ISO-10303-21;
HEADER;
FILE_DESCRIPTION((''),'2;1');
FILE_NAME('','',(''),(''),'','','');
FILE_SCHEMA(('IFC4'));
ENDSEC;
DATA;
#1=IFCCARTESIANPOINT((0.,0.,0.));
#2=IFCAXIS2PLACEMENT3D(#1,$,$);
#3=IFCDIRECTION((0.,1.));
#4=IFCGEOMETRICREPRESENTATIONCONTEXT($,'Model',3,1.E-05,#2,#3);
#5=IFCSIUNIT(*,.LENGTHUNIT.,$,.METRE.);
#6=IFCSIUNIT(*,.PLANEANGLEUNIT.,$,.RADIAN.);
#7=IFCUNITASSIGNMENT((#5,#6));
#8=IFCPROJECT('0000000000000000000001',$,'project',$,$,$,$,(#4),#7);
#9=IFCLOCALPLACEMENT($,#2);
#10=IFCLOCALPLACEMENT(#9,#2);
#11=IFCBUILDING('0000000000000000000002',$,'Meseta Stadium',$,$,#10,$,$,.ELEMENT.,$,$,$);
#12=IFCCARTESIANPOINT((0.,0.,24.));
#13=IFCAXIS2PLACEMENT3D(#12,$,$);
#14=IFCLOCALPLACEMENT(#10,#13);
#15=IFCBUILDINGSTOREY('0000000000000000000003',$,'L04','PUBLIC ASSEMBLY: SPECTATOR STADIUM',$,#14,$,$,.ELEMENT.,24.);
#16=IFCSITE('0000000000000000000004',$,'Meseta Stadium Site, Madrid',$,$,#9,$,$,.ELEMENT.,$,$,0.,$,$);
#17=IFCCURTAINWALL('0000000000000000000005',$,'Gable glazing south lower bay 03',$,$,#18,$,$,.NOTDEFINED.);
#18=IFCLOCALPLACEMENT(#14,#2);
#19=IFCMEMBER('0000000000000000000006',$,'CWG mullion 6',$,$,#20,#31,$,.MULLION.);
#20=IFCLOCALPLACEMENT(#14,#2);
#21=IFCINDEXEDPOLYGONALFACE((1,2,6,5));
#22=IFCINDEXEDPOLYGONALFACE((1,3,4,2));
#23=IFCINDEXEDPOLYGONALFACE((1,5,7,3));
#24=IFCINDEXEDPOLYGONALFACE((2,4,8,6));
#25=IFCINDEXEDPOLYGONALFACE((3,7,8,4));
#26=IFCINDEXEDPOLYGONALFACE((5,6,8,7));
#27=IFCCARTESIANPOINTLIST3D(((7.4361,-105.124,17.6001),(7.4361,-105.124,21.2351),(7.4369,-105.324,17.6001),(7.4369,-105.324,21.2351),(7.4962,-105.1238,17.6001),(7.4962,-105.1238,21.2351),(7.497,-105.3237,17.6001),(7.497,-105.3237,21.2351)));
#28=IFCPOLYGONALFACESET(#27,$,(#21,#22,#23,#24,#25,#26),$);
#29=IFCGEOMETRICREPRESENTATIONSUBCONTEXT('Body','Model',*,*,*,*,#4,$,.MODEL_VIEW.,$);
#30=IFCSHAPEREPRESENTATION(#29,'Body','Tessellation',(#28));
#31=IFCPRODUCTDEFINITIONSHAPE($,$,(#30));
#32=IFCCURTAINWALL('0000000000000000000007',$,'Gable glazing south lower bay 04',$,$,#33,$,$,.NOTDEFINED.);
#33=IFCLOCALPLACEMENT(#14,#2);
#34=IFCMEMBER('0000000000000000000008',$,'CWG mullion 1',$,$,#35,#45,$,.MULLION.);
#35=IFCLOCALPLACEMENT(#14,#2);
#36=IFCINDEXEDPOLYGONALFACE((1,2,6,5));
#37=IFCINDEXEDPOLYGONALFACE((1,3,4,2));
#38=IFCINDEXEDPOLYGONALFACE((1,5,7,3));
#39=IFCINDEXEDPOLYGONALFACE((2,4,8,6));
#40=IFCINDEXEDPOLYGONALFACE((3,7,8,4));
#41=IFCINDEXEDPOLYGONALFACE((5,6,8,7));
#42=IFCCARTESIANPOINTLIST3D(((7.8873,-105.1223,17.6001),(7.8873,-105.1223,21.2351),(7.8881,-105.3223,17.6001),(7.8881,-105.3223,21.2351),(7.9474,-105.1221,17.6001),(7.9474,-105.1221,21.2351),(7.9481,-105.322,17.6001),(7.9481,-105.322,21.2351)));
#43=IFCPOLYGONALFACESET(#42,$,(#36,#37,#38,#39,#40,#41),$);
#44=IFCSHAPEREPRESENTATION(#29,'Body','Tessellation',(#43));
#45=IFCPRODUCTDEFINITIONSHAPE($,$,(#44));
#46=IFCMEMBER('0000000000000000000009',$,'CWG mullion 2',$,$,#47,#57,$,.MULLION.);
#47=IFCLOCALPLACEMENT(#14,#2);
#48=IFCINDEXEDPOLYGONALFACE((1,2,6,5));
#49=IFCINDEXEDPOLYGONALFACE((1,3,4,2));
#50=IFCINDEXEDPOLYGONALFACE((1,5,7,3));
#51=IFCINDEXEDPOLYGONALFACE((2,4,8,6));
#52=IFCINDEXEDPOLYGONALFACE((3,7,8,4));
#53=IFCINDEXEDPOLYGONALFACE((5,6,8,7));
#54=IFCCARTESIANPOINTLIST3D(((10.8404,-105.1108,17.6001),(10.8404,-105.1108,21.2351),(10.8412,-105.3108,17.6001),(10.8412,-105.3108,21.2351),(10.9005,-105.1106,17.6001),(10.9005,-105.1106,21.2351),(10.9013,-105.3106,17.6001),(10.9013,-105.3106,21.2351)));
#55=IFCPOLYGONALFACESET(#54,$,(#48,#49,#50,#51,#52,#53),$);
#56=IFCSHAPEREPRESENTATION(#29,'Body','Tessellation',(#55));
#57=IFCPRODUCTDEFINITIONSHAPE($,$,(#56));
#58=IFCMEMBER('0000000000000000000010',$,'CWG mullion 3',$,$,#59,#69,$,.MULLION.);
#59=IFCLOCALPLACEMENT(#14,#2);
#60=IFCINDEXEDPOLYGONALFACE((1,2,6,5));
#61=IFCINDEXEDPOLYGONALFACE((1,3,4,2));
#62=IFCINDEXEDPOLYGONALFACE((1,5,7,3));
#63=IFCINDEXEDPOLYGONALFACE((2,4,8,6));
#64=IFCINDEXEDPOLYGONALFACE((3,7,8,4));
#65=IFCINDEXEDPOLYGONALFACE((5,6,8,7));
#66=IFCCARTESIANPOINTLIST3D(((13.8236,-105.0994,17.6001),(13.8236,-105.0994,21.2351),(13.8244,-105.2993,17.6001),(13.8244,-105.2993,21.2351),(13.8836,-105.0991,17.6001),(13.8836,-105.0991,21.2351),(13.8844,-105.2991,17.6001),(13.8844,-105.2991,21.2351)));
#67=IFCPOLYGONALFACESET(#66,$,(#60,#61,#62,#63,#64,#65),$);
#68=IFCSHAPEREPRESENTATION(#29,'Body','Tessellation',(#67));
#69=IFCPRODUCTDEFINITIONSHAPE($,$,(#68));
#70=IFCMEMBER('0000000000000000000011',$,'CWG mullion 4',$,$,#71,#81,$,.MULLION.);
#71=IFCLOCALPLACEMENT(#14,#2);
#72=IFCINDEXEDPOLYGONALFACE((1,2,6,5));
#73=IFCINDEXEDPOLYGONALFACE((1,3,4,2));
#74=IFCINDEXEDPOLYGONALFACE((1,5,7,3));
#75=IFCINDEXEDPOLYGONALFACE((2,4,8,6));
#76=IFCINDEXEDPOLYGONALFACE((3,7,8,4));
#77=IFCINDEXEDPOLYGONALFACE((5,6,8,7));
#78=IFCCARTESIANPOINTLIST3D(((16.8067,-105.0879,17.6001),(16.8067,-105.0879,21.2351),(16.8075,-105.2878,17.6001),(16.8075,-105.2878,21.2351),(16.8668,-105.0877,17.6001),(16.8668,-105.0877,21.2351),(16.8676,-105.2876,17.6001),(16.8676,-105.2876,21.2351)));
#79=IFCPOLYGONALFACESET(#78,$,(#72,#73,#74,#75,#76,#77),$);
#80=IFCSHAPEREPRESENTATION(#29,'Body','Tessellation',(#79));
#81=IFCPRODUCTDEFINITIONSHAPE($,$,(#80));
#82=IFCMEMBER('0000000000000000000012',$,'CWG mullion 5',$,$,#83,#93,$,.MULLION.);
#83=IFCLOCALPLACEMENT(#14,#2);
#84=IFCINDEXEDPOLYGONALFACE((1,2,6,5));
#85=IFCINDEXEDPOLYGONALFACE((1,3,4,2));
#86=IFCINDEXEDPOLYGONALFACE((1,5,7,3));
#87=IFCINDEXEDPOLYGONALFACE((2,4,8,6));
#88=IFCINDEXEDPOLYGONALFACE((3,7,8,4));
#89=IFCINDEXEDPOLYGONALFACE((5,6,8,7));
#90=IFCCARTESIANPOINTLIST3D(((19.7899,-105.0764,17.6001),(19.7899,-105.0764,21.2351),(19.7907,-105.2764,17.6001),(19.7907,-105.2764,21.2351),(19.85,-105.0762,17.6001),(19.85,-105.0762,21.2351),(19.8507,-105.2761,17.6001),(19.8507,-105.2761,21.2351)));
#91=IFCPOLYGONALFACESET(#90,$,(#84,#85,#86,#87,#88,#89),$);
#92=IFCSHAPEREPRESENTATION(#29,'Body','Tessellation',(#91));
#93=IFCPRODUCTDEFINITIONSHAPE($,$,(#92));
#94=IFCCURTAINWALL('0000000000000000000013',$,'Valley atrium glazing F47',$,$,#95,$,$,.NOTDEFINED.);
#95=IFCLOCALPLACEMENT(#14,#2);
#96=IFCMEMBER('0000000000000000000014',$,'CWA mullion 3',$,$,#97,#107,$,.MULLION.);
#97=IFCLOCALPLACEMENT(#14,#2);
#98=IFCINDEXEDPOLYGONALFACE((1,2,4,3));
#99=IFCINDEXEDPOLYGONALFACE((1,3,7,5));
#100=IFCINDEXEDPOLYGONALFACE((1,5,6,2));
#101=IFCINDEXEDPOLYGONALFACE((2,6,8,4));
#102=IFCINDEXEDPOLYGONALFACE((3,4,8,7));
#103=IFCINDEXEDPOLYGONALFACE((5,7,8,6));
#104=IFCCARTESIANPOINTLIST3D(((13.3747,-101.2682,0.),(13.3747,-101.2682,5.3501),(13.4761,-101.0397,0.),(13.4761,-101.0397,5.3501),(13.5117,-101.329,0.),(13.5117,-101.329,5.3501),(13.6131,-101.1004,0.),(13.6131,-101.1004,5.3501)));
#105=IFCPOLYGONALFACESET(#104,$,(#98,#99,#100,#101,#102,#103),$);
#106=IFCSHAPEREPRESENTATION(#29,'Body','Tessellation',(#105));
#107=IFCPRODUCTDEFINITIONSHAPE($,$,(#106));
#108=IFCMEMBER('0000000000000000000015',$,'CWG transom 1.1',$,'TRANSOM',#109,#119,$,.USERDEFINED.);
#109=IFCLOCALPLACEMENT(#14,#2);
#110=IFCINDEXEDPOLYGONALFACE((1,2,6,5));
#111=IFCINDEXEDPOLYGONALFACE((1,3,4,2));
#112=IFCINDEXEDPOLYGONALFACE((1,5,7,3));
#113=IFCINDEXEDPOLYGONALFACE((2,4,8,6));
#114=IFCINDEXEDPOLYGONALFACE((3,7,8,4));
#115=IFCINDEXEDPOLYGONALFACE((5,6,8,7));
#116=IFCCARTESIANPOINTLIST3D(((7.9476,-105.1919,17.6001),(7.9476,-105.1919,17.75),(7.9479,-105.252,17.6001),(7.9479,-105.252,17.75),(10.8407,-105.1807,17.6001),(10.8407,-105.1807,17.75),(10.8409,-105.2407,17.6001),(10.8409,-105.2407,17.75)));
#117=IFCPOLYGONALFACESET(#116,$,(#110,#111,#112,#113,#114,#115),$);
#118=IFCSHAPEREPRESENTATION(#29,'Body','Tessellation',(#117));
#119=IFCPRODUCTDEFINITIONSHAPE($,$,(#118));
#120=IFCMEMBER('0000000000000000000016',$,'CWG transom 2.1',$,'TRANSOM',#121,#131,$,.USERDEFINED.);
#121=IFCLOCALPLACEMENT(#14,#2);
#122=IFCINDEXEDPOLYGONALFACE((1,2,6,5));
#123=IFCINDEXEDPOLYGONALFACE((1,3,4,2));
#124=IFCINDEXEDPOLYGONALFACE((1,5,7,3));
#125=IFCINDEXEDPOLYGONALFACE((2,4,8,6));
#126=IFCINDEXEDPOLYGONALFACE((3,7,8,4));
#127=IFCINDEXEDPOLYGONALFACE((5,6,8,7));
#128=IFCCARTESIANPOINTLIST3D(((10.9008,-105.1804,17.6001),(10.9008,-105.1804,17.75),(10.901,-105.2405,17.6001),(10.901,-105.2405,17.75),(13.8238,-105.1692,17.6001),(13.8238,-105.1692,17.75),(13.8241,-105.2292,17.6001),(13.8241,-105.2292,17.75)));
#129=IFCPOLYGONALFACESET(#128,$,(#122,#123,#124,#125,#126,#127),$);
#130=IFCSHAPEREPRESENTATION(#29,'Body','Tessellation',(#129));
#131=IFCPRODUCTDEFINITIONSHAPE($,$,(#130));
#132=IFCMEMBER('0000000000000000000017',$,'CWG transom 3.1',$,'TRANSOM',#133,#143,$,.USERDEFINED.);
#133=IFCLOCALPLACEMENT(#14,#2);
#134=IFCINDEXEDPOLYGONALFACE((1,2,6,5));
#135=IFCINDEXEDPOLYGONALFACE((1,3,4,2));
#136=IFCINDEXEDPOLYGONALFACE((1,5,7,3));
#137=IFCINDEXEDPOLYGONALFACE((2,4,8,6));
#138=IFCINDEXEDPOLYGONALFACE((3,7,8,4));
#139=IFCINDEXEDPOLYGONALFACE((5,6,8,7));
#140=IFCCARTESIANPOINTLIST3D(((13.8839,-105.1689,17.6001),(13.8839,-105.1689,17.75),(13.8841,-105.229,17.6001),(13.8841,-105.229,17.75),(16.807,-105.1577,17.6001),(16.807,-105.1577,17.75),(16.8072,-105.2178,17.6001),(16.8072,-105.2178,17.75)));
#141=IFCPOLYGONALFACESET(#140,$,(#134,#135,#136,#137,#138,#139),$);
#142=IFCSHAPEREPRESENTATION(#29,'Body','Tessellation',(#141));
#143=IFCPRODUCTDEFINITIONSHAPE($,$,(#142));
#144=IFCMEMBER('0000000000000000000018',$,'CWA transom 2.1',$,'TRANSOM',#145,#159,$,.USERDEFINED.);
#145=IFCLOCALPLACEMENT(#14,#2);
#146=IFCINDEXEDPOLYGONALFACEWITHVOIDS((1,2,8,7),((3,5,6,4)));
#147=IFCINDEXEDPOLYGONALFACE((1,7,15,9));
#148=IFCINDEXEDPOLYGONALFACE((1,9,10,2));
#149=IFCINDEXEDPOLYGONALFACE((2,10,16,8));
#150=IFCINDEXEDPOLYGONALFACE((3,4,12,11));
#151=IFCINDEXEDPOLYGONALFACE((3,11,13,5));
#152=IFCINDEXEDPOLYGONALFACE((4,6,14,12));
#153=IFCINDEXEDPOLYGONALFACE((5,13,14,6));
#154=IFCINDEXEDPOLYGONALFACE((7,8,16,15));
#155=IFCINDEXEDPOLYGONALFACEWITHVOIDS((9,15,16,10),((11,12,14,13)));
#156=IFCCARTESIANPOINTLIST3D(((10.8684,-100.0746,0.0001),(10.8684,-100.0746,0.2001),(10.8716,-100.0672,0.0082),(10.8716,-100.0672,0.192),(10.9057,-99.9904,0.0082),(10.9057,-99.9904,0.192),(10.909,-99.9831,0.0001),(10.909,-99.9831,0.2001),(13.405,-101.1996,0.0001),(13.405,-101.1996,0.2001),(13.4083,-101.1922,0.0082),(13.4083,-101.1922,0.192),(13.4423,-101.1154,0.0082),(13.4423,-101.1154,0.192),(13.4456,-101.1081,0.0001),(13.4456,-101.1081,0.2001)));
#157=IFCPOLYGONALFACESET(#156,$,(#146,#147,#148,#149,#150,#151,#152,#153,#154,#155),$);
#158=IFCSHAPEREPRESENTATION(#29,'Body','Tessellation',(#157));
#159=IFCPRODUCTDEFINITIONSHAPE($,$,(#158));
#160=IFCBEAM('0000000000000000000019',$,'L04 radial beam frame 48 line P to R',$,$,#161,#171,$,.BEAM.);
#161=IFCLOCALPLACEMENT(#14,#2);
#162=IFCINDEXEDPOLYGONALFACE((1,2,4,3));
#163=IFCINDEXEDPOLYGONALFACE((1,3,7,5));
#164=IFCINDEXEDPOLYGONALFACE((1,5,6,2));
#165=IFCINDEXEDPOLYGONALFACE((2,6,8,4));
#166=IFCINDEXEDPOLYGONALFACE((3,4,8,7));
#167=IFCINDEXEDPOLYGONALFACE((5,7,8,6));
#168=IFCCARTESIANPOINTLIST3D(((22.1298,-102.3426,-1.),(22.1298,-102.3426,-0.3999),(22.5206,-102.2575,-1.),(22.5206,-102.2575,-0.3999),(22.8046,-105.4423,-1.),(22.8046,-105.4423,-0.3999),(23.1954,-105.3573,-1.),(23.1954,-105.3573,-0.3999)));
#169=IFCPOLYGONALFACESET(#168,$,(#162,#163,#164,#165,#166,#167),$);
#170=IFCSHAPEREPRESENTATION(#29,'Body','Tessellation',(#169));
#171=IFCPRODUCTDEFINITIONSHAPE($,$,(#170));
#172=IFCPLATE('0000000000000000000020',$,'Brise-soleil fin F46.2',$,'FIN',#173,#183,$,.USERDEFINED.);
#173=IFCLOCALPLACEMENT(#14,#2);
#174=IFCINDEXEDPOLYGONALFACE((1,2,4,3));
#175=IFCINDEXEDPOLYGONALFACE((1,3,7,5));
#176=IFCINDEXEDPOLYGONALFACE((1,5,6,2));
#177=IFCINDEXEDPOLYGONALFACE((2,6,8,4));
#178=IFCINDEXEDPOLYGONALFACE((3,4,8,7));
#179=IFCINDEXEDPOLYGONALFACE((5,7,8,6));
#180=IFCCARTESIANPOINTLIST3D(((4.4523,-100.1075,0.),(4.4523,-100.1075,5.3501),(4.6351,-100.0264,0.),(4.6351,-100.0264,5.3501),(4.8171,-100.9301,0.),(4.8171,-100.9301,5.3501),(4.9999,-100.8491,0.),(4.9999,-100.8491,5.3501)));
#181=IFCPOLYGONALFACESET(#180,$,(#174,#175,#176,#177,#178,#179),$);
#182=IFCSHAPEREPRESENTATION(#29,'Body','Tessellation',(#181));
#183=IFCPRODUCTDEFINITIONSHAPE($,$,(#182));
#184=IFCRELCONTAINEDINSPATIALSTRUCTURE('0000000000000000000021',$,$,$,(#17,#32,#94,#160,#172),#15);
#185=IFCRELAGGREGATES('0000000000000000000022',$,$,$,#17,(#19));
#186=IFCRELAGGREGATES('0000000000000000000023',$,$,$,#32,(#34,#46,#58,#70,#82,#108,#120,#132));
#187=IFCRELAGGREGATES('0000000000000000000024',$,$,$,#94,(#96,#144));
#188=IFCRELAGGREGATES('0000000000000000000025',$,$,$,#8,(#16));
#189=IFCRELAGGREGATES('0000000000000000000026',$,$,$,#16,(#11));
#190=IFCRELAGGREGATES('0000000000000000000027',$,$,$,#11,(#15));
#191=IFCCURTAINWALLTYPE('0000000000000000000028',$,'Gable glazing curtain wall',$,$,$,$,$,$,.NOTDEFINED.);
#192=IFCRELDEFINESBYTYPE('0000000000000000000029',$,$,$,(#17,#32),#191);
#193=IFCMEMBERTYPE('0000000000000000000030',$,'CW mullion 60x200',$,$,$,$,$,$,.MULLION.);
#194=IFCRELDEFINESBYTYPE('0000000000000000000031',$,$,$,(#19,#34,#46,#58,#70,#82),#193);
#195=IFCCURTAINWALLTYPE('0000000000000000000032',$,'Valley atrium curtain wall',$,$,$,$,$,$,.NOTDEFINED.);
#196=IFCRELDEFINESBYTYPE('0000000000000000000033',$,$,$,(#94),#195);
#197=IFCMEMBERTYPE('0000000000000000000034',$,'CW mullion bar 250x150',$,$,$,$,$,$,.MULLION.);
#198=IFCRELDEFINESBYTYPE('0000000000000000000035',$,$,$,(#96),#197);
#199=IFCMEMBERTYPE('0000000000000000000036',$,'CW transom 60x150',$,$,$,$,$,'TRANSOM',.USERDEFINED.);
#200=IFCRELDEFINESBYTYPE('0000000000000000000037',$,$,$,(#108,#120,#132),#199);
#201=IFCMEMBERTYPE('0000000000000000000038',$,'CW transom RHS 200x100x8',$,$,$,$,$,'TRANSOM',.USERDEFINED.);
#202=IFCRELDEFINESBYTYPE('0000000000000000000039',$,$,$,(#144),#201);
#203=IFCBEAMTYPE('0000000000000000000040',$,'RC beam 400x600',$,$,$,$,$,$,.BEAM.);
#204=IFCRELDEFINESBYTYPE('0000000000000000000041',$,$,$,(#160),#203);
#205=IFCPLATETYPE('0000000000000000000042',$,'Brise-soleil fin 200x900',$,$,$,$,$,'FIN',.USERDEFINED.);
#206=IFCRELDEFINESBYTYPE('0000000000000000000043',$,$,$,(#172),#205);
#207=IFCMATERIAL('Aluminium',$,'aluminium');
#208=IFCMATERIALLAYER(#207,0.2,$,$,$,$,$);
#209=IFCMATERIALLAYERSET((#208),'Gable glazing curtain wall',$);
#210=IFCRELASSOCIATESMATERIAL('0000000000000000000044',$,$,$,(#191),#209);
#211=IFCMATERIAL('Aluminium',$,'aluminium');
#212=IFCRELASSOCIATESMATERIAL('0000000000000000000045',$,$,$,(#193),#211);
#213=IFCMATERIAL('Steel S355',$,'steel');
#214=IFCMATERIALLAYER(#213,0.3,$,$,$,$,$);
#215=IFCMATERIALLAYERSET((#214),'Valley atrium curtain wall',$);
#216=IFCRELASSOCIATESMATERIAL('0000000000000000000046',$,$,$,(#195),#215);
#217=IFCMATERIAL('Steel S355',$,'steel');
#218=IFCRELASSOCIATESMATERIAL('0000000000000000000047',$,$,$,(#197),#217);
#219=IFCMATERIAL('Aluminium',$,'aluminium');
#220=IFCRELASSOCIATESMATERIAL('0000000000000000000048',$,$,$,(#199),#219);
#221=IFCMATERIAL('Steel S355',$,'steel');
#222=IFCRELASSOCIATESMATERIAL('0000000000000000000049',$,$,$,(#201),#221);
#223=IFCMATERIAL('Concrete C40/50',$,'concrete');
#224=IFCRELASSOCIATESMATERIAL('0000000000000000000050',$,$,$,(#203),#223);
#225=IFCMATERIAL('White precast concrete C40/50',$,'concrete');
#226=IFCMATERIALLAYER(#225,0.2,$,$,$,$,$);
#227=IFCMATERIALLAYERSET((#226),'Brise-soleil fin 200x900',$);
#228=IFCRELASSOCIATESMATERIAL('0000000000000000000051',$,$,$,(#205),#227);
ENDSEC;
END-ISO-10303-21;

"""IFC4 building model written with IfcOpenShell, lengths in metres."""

from ifc_helpers import new_model, si_unit, direction, frame, origin, origin_2d, place, context, subcontext, project, spatial, rectangle, hollow_rectangle, extrude, material, layer, layer_set, material_profile, profile_set, type_object, element, aggregate, save


model = new_model("IFC4")

# Units and contexts
model_context = context("Model", 3, precision=1e-05, world=origin(), true_north=direction((0.0, 1.0)))
body_context = subcontext(model_context, "Body", "Model", "MODEL_VIEW")
ifc_project = project(units=[si_unit("LENGTHUNIT", "METRE"), si_unit("PLANEANGLEUNIT", "RADIAN")], contexts=[model_context])

# Site, building, storey
site_placement = place(None, origin())
site = spatial("IfcSite", under=ifc_project, at=site_placement, Name="Meseta Stadium Site, Madrid", CompositionType="ELEMENT", RefElevation=0.0)
building_placement = place(site_placement, origin())
building = spatial("IfcBuilding", under=site, at=building_placement, Name="Meseta Stadium", CompositionType="ELEMENT")
storey_placement = place(building_placement, frame((0.0, 0.0, 24.0)))
storey = spatial("IfcBuildingStorey", under=building, at=storey_placement, Name="L04", Description="PUBLIC ASSEMBLY: SPECTATOR STADIUM", CompositionType="ELEMENT", Elevation=24.0)

# Curtain wall, member
ifc_material_1 = material(Name="Aluminium", Category="aluminium")
ifc_layer_1 = layer(ifc_material_1, 0.2)
ifc_layer_set_1 = layer_set([ifc_layer_1], Name="Gable glazing curtain wall")
curtain_wall_type_1 = type_object("IfcCurtainWallType", Name="Gable glazing curtain wall", PredefinedType="NOTDEFINED", material=ifc_layer_set_1)
curtain_wall_1_placement = place(storey_placement, origin())
curtain_wall_1 = element("IfcCurtainWall", 1, at=curtain_wall_1_placement, inside=storey, type_object=curtain_wall_type_1, Name="Gable glazing south lower bay 03", PredefinedType="NOTDEFINED")
ifc_material_2 = material(Name="Aluminium", Category="aluminium")
ifc_material_profile_1 = material_profile(ifc_material_2, rectangle(XDim=0.2, YDim=0.0601, at=origin_2d()), Name="CW 200x60")
ifc_profile_set_1 = profile_set([ifc_material_profile_1], Name="Aluminium")
member_type_1 = type_object("IfcMemberType", Name="CW mullion 60x200", PredefinedType="MULLION", material=ifc_profile_set_1)
member_1_placement = place(storey_placement, frame((7.4666, -105.2239, 17.6001), z_axis=(0.0, 0.0, 1.0), x_axis=(-0.003848, 0.999993, 0.0)))
member_1 = element("IfcMember", 2, at=member_1_placement, type_object=member_type_1, Name="CWG mullion 6", PredefinedType="MULLION", context=body_context, shape_type="SweptSolid", body=[
    extrude(rectangle(XDim=0.2, YDim=0.0601, at=origin_2d()), origin(), (0.0, 0.0, 1.0), 3.635),
])
aggregate(curtain_wall_1, [member_1])

# Curtain wall, members
curtain_wall_2_placement = place(storey_placement, origin())
curtain_wall_2 = element("IfcCurtainWall", 3, at=curtain_wall_2_placement, inside=storey, type_object=curtain_wall_type_1, Name="Gable glazing south lower bay 04", PredefinedType="NOTDEFINED")
member_2_placement = place(storey_placement, frame((7.9177, -105.2222, 17.6001), z_axis=(0.0, 0.0, 1.0), x_axis=(-0.003848, 0.999993, 0.0)))
member_2 = element("IfcMember", 4, at=member_2_placement, type_object=member_type_1, Name="CWG mullion 1", PredefinedType="MULLION", context=body_context, shape_type="SweptSolid", body=[
    extrude(rectangle(XDim=0.2, YDim=0.0601, at=origin_2d()), origin(), (0.0, 0.0, 1.0), 3.635),
])
member_3_placement = place(storey_placement, frame((10.8708, -105.2107, 17.6001), z_axis=(0.0, 0.0, 1.0), x_axis=(-0.003848, 0.999993, 0.0)))
member_3 = element("IfcMember", 5, at=member_3_placement, type_object=member_type_1, Name="CWG mullion 2", PredefinedType="MULLION", context=body_context, shape_type="SweptSolid", body=[
    extrude(rectangle(XDim=0.2, YDim=0.0601, at=origin_2d()), origin(), (0.0, 0.0, 1.0), 3.635),
])
member_4_placement = place(storey_placement, frame((13.854, -105.1992, 17.6001), z_axis=(0.0, 0.0, 1.0), x_axis=(-0.003848, 0.999993, 0.0)))
member_4 = element("IfcMember", 6, at=member_4_placement, type_object=member_type_1, Name="CWG mullion 3", PredefinedType="MULLION", context=body_context, shape_type="SweptSolid", body=[
    extrude(rectangle(XDim=0.2, YDim=0.0601, at=origin_2d()), origin(), (0.0, 0.0, 1.0), 3.635),
])
member_5_placement = place(storey_placement, frame((16.8372, -105.1877, 17.6001), z_axis=(0.0, 0.0, 1.0), x_axis=(-0.003848, 0.999993, 0.0)))
member_5 = element("IfcMember", 7, at=member_5_placement, type_object=member_type_1, Name="CWG mullion 4", PredefinedType="MULLION", context=body_context, shape_type="SweptSolid", body=[
    extrude(rectangle(XDim=0.2, YDim=0.0601, at=origin_2d()), origin(), (0.0, 0.0, 1.0), 3.635),
])
member_6_placement = place(storey_placement, frame((19.8203, -105.1763, 17.6001), z_axis=(0.0, 0.0, 1.0), x_axis=(-0.003848, 0.999993, 0.0)))
member_6 = element("IfcMember", 8, at=member_6_placement, type_object=member_type_1, Name="CWG mullion 5", PredefinedType="MULLION", context=body_context, shape_type="SweptSolid", body=[
    extrude(rectangle(XDim=0.2, YDim=0.0601, at=origin_2d()), origin(), (0.0, 0.0, 1.0), 3.635),
])

# Curtain wall, member
ifc_material_3 = material(Name="Steel S355", Category="steel")
ifc_layer_2 = layer(ifc_material_3, 0.3)
ifc_layer_set_2 = layer_set([ifc_layer_2], Name="Valley atrium curtain wall")
curtain_wall_type_2 = type_object("IfcCurtainWallType", Name="Valley atrium curtain wall", PredefinedType="NOTDEFINED", material=ifc_layer_set_2)
curtain_wall_3_placement = place(storey_placement, origin())
curtain_wall_3 = element("IfcCurtainWall", 9, at=curtain_wall_3_placement, inside=storey, type_object=curtain_wall_type_2, Name="Valley atrium glazing F47", PredefinedType="NOTDEFINED")
ifc_material_4 = material(Name="Steel S355", Category="steel")
ifc_material_profile_2 = material_profile(ifc_material_4, rectangle(XDim=0.25, YDim=0.1499, at=origin_2d()), Name="CW 250x150")
ifc_profile_set_2 = profile_set([ifc_material_profile_2], Name="Steel S355")
member_type_2 = type_object("IfcMemberType", Name="CW mullion bar 250x150", PredefinedType="MULLION", material=ifc_profile_set_2)
member_7_placement = place(storey_placement, frame((13.4939, -101.1843, 0.0), z_axis=(0.0, 0.0, 1.0), x_axis=(0.405401, 0.914139, 0.0)))
member_7 = element("IfcMember", 10, at=member_7_placement, type_object=member_type_2, Name="CWA mullion 3", PredefinedType="MULLION", context=body_context, shape_type="SweptSolid", body=[
    extrude(rectangle(XDim=0.25, YDim=0.1499, at=origin_2d()), origin(), (0.0, 0.0, 1.0), 5.3501),
])

# Members
ifc_material_5 = material(Name="Aluminium", Category="aluminium")
ifc_material_profile_3 = material_profile(ifc_material_5, rectangle(XDim=0.0601, YDim=0.1499, at=origin_2d()), Name="CW 60x150")
ifc_profile_set_3 = profile_set([ifc_material_profile_3], Name="Aluminium")
member_type_3 = type_object("IfcMemberType", Name="CW transom 60x150", ElementType="TRANSOM", PredefinedType="USERDEFINED", material=ifc_profile_set_3)
member_8_placement = place(storey_placement, frame((7.9478, -105.2219, 17.675), z_axis=(0.999992, 0.003882, 0.0), x_axis=(-0.003882, 0.999992, 0.0)))
member_8 = element("IfcMember", 11, at=member_8_placement, type_object=member_type_3, Name="CWG transom 1.1", ObjectType="TRANSOM", PredefinedType="USERDEFINED", context=body_context, shape_type="SweptSolid", body=[
    extrude(rectangle(XDim=0.0601, YDim=0.1499, at=origin_2d()), origin(), (0.0, 0.0, 1.0), 2.8931),
])
member_9_placement = place(storey_placement, frame((10.9009, -105.2104, 17.675), z_axis=(0.999993, 0.003842, 0.0), x_axis=(-0.003842, 0.999993, 0.0)))
member_9 = element("IfcMember", 12, at=member_9_placement, type_object=member_type_3, Name="CWG transom 2.1", ObjectType="TRANSOM", PredefinedType="USERDEFINED", context=body_context, shape_type="SweptSolid", body=[
    extrude(rectangle(XDim=0.0601, YDim=0.1499, at=origin_2d()), origin(), (0.0, 0.0, 1.0), 2.9231),
])
member_10_placement = place(storey_placement, frame((13.884, -105.199, 17.675), z_axis=(0.999993, 0.003842, 0.0), x_axis=(-0.003842, 0.999993, 0.0)))
member_10 = element("IfcMember", 13, at=member_10_placement, type_object=member_type_3, Name="CWG transom 3.1", ObjectType="TRANSOM", PredefinedType="USERDEFINED", context=body_context, shape_type="SweptSolid", body=[
    extrude(rectangle(XDim=0.0601, YDim=0.1499, at=origin_2d()), origin(), (0.0, 0.0, 1.0), 2.9231),
])
aggregate(curtain_wall_2, [member_2, member_3, member_4, member_5, member_6, member_8, member_9, member_10])
ifc_material_6 = material(Name="Steel S355", Category="steel")
ifc_material_profile_4 = material_profile(ifc_material_6, hollow_rectangle(XDim=0.1001, YDim=0.2, WallThickness=0.0081, at=origin_2d()), Name="RHS 200x100x8")
ifc_profile_set_4 = profile_set([ifc_material_profile_4], Name="Steel S355")
member_type_4 = type_object("IfcMemberType", Name="CW transom RHS 200x100x8", ElementType="TRANSOM", PredefinedType="USERDEFINED", material=ifc_profile_set_4)
member_11_placement = place(storey_placement, frame((10.8887, -100.0288, 0.1001), z_axis=(0.914131, -0.40542, 0.0), x_axis=(0.40542, 0.914131, 0.0)))
member_11 = element("IfcMember", 14, at=member_11_placement, type_object=member_type_4, Name="CWA transom 2.1", ObjectType="TRANSOM", PredefinedType="USERDEFINED", context=body_context, shape_type="SweptSolid", body=[
    extrude(hollow_rectangle(XDim=0.1001, YDim=0.2, WallThickness=0.0081, at=origin_2d()), origin(), (0.0, 0.0, 1.0), 2.7749),
])

# Beam
ifc_material_7 = material(Name="Concrete C40/50", Category="concrete")
ifc_material_profile_5 = material_profile(ifc_material_7, rectangle(XDim=0.3999, YDim=0.6001, at=origin_2d()), Name="RC 400x600")
ifc_profile_set_5 = profile_set([ifc_material_profile_5], Name="Concrete C40/50")
beam_type = type_object("IfcBeamType", Name="RC beam 400x600", PredefinedType="BEAM", material=ifc_profile_set_5)
beam_placement = place(storey_placement, frame((22.3252, -102.3, -0.7), z_axis=(0.212708, -0.977116, 0.0), x_axis=(0.977116, 0.212708, 0.0)))
element("IfcBeam", 15, at=beam_placement, inside=storey, type_object=beam_type, Name="L04 radial beam frame 48 line P to R", PredefinedType="BEAM", context=body_context, shape_type="SweptSolid", body=[
    extrude(rectangle(XDim=0.3999, YDim=0.6001, at=origin_2d()), origin(), (0.0, 0.0, 1.0), 3.1724),
])

# Plate
ifc_material_8 = material(Name="White precast concrete C40/50", Category="concrete")
ifc_layer_3 = layer(ifc_material_8, 0.2)
ifc_layer_set_3 = layer_set([ifc_layer_3], Name="Brise-soleil fin 200x900")
plate_type_1 = type_object("IfcPlateType", Name="Brise-soleil fin 200x900", ElementType="FIN", PredefinedType="USERDEFINED", material=ifc_layer_set_3)
for number, where, z_axis, x_axis, name in (
    (16, (4.7261, -100.4783, 0.0), (0.0, 0.0, 1.0), (0.914139, 0.405401, 0.0), "Brise-soleil fin F46.2"),
):
    element("IfcPlate", number, at=place(storey_placement, frame(where, z_axis=z_axis, x_axis=x_axis)), inside=storey, type_object=plate_type_1, Name=name, ObjectType="FIN", PredefinedType="USERDEFINED", context=body_context, shape_type="SweptSolid", body=[
        extrude(rectangle(XDim=0.2, YDim=0.8999, at=origin_2d()), origin(), (0.0, 0.0, 1.0), 5.3501),
    ])

aggregate(curtain_wall_3, [member_7, member_11])

save(model, "model.ifc")
